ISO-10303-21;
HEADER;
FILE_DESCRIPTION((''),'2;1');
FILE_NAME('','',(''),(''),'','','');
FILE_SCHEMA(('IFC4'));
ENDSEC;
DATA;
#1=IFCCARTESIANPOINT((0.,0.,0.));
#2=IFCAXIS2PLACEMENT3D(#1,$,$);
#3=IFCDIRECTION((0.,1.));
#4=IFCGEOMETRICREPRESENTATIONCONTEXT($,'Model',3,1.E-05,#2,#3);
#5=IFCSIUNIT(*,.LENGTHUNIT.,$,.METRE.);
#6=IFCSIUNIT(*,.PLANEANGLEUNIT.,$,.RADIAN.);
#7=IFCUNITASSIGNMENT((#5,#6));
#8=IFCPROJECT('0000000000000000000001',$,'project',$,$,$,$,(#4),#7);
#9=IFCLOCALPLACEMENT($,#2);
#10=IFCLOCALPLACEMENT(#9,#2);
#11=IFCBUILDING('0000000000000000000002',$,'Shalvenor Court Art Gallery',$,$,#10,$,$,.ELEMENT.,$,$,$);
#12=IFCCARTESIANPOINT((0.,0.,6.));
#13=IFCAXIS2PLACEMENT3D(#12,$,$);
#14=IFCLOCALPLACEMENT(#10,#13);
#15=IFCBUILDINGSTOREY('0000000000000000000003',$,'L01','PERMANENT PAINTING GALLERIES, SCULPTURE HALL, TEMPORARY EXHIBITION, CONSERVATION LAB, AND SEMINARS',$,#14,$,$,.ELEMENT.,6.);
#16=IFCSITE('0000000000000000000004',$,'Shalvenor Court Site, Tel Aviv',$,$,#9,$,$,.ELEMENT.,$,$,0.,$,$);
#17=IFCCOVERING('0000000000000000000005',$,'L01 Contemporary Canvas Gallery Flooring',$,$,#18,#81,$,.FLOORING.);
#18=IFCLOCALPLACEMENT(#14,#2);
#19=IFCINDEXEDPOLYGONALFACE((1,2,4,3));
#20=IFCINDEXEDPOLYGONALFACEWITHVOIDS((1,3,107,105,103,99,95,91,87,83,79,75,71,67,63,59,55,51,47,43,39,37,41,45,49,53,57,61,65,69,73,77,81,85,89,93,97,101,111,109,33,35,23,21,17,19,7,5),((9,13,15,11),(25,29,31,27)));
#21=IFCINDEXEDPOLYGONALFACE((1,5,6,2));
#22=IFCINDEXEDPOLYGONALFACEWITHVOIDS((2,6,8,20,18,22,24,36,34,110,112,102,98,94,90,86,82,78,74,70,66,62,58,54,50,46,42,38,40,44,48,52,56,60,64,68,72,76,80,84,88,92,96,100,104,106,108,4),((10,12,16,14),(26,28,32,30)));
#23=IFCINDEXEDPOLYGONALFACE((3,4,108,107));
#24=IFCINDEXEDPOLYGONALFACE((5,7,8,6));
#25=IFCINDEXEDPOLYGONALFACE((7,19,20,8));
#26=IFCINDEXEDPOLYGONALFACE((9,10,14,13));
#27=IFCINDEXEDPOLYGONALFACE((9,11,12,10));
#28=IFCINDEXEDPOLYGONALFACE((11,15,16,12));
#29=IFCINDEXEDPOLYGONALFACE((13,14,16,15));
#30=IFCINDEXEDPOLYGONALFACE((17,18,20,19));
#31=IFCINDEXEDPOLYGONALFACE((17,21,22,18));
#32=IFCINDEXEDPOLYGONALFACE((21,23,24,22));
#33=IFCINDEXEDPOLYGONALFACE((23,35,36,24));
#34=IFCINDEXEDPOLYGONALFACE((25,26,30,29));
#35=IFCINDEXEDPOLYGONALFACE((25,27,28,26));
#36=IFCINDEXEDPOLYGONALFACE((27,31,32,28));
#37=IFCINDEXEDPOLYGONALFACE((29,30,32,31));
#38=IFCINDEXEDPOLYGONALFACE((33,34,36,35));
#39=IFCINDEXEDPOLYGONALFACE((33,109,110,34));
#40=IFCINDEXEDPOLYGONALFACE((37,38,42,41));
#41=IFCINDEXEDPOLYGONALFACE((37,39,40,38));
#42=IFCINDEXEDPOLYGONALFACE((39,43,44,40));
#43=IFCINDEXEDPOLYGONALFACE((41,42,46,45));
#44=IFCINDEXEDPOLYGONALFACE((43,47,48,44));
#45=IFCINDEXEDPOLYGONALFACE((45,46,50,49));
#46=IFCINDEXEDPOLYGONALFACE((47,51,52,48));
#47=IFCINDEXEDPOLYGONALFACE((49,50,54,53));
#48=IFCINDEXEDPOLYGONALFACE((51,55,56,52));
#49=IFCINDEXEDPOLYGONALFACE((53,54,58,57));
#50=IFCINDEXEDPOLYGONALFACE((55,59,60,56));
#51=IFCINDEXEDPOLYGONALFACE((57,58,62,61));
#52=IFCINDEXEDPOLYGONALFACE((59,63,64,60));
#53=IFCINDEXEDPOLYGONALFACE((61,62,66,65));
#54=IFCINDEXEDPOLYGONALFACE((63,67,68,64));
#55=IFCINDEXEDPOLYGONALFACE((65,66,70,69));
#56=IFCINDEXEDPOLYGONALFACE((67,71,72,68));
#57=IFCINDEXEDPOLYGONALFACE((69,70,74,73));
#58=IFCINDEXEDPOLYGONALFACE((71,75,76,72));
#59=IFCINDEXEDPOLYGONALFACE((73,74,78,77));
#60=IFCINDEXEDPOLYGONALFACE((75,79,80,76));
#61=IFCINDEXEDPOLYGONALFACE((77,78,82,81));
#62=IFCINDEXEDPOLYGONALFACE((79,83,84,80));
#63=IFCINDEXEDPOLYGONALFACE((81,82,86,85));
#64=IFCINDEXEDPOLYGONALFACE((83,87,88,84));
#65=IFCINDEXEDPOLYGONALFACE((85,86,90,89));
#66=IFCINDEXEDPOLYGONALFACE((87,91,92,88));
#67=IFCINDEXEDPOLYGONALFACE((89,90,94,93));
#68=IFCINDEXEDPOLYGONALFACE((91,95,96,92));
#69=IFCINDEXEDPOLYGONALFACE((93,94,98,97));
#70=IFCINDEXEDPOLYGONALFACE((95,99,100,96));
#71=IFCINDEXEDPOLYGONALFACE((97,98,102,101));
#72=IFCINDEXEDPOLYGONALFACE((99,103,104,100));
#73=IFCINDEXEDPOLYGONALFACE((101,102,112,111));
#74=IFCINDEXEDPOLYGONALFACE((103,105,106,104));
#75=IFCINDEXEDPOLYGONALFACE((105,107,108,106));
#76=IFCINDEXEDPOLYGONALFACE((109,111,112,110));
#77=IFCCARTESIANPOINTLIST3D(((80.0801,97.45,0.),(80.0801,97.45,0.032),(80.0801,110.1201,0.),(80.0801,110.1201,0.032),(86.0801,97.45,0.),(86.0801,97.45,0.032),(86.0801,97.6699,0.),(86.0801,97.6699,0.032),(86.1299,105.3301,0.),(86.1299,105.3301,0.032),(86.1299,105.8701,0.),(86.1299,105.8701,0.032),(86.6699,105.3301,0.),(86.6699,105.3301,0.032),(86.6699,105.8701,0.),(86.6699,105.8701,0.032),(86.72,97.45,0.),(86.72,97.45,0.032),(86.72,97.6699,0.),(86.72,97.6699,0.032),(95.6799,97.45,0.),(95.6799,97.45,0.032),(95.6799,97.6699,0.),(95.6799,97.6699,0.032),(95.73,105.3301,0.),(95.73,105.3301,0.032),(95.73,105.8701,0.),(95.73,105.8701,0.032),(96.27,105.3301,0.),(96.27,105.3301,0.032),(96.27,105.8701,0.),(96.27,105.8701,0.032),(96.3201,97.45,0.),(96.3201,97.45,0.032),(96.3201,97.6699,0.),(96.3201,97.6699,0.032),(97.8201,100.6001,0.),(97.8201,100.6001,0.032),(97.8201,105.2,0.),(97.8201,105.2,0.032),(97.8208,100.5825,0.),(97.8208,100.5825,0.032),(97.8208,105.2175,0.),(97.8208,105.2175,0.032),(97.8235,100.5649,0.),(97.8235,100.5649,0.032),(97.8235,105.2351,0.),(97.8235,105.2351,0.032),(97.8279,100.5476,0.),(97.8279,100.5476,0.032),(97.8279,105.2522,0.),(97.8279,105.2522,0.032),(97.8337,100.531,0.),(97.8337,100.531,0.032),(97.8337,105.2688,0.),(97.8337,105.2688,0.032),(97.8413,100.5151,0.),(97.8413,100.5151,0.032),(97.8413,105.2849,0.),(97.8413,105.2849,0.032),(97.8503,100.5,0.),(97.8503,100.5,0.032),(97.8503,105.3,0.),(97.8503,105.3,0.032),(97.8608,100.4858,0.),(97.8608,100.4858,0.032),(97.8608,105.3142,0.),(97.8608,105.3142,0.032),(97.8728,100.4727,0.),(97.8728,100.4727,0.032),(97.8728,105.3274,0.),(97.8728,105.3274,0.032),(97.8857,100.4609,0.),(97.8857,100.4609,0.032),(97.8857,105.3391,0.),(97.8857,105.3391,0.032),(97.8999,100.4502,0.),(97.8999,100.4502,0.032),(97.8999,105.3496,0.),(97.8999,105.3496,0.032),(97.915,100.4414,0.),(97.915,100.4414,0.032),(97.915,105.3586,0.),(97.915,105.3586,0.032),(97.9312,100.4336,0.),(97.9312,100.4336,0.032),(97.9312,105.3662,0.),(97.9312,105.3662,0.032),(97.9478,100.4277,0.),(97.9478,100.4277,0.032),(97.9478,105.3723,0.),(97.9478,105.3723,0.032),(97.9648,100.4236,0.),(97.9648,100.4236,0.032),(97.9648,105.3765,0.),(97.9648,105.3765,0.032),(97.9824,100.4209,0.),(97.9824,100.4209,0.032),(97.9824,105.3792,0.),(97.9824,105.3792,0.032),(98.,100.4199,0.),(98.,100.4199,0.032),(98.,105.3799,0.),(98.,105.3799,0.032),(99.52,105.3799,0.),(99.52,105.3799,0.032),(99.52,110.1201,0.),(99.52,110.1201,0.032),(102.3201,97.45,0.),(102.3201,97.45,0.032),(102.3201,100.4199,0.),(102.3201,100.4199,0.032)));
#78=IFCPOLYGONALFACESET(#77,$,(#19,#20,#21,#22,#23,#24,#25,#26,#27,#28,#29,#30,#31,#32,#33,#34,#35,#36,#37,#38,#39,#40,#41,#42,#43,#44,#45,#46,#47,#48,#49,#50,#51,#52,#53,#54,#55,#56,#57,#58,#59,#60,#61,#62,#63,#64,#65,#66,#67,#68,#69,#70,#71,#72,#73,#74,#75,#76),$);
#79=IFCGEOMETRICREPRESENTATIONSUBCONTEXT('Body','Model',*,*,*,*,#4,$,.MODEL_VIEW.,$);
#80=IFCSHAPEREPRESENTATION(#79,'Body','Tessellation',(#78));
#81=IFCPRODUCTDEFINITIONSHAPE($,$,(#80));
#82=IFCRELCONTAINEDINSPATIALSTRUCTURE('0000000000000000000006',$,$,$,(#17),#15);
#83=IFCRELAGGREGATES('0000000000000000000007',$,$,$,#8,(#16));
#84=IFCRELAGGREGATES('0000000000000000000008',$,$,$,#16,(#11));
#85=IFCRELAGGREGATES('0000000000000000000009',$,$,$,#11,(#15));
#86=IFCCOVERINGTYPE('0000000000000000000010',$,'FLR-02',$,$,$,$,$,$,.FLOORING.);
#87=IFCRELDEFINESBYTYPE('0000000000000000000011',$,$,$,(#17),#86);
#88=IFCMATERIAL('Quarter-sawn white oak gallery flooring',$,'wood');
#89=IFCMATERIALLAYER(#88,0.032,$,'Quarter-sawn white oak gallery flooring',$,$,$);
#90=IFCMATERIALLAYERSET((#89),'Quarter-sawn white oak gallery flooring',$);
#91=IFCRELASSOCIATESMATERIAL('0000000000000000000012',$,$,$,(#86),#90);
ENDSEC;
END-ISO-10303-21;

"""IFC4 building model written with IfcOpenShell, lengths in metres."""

from ifc_helpers import new_model, si_unit, direction, frame, origin, place, context, subcontext, project, spatial, polyline, outline, extrude, material, layer, layer_set, type_object, element, save


model = new_model("IFC4")

# Units and contexts
model_context = context("Model", 3, precision=1e-05, world=origin(), true_north=direction((0.0, 1.0)))
body_context = subcontext(model_context, "Body", "Model", "MODEL_VIEW")
ifc_project = project(units=[si_unit("LENGTHUNIT", "METRE"), si_unit("PLANEANGLEUNIT", "RADIAN")], contexts=[model_context])

# Site, building, storey
site_placement = place(None, origin())
site = spatial("IfcSite", under=ifc_project, at=site_placement, Name="Shalvenor Court Site, Tel Aviv", CompositionType="ELEMENT", RefElevation=0.0)
building_placement = place(site_placement, origin())
building = spatial("IfcBuilding", under=site, at=building_placement, Name="Shalvenor Court Art Gallery", CompositionType="ELEMENT")
storey_placement = place(building_placement, frame((0.0, 0.0, 6.0)))
storey = spatial("IfcBuildingStorey", under=building, at=storey_placement, Name="L01", Description="PERMANENT PAINTING GALLERIES, SCULPTURE HALL, TEMPORARY EXHIBITION, CONSERVATION LAB, AND SEMINARS", CompositionType="ELEMENT", Elevation=6.0)

# Covering
ifc_material_1 = material(Name="Quarter-sawn white oak gallery flooring", Category="wood")
ifc_layer_1 = layer(ifc_material_1, 0.032, Name="Quarter-sawn white oak gallery flooring")
ifc_layer_set_1 = layer_set([ifc_layer_1], Name="Quarter-sawn white oak gallery flooring")
covering_type_1 = type_object("IfcCoveringType", Name="FLR-02", PredefinedType="FLOORING", material=ifc_layer_set_1)
covering_1_placement = place(storey_placement, origin())
element("IfcCovering", 1, at=covering_1_placement, inside=storey, type_object=covering_type_1, Name="L01 Contemporary Canvas Gallery Flooring", PredefinedType="FLOORING", context=body_context, shape_type="SweptSolid", body=[
    extrude(outline(polyline([(80.0801, 110.1201), (99.52, 110.1201), (99.52, 105.3799), (98.0, 105.3799), (97.9824, 105.3792), (97.9648, 105.3765), (97.9478, 105.3723), (97.9312, 105.3662), (97.915, 105.3586), (97.8999, 105.3496), (97.8857, 105.3391), (97.8728, 105.3274), (97.8608, 105.3142), (97.8503, 105.3), (97.8413, 105.2849), (97.8337, 105.2688), (97.8279, 105.2522), (97.8235, 105.2351), (97.8208, 105.2175), (97.8201, 105.2), (97.8201, 100.6001), (97.8208, 100.5825), (97.8235, 100.5649), (97.8279, 100.5476), (97.8337, 100.531), (97.8413, 100.5151), (97.8503, 100.5), (97.8608, 100.4858), (97.8728, 100.4727), (97.8857, 100.4609), (97.8999, 100.4502), (97.915, 100.4414), (97.9312, 100.4336), (97.9478, 100.4277), (97.9648, 100.4236), (97.9824, 100.4209), (98.0, 100.4199), (102.3201, 100.4199), (102.3201, 97.45), (96.3201, 97.45), (96.3201, 97.6699), (95.6799, 97.6699), (95.6799, 97.45), (86.72, 97.45), (86.72, 97.6699), (86.0801, 97.6699), (86.0801, 97.45), (80.0801, 97.45), (80.0801, 110.1201)]), holes=[polyline([(86.1299, 105.8701), (86.1299, 105.3301), (86.6699, 105.3301), (86.6699, 105.8701), (86.1299, 105.8701)]), polyline([(96.27, 105.8701), (95.73, 105.8701), (95.73, 105.3301), (96.27, 105.3301), (96.27, 105.8701)])]), origin(), (0.0, 0.0, 1.0), 0.032),
])

save(model, "model.ifc")
